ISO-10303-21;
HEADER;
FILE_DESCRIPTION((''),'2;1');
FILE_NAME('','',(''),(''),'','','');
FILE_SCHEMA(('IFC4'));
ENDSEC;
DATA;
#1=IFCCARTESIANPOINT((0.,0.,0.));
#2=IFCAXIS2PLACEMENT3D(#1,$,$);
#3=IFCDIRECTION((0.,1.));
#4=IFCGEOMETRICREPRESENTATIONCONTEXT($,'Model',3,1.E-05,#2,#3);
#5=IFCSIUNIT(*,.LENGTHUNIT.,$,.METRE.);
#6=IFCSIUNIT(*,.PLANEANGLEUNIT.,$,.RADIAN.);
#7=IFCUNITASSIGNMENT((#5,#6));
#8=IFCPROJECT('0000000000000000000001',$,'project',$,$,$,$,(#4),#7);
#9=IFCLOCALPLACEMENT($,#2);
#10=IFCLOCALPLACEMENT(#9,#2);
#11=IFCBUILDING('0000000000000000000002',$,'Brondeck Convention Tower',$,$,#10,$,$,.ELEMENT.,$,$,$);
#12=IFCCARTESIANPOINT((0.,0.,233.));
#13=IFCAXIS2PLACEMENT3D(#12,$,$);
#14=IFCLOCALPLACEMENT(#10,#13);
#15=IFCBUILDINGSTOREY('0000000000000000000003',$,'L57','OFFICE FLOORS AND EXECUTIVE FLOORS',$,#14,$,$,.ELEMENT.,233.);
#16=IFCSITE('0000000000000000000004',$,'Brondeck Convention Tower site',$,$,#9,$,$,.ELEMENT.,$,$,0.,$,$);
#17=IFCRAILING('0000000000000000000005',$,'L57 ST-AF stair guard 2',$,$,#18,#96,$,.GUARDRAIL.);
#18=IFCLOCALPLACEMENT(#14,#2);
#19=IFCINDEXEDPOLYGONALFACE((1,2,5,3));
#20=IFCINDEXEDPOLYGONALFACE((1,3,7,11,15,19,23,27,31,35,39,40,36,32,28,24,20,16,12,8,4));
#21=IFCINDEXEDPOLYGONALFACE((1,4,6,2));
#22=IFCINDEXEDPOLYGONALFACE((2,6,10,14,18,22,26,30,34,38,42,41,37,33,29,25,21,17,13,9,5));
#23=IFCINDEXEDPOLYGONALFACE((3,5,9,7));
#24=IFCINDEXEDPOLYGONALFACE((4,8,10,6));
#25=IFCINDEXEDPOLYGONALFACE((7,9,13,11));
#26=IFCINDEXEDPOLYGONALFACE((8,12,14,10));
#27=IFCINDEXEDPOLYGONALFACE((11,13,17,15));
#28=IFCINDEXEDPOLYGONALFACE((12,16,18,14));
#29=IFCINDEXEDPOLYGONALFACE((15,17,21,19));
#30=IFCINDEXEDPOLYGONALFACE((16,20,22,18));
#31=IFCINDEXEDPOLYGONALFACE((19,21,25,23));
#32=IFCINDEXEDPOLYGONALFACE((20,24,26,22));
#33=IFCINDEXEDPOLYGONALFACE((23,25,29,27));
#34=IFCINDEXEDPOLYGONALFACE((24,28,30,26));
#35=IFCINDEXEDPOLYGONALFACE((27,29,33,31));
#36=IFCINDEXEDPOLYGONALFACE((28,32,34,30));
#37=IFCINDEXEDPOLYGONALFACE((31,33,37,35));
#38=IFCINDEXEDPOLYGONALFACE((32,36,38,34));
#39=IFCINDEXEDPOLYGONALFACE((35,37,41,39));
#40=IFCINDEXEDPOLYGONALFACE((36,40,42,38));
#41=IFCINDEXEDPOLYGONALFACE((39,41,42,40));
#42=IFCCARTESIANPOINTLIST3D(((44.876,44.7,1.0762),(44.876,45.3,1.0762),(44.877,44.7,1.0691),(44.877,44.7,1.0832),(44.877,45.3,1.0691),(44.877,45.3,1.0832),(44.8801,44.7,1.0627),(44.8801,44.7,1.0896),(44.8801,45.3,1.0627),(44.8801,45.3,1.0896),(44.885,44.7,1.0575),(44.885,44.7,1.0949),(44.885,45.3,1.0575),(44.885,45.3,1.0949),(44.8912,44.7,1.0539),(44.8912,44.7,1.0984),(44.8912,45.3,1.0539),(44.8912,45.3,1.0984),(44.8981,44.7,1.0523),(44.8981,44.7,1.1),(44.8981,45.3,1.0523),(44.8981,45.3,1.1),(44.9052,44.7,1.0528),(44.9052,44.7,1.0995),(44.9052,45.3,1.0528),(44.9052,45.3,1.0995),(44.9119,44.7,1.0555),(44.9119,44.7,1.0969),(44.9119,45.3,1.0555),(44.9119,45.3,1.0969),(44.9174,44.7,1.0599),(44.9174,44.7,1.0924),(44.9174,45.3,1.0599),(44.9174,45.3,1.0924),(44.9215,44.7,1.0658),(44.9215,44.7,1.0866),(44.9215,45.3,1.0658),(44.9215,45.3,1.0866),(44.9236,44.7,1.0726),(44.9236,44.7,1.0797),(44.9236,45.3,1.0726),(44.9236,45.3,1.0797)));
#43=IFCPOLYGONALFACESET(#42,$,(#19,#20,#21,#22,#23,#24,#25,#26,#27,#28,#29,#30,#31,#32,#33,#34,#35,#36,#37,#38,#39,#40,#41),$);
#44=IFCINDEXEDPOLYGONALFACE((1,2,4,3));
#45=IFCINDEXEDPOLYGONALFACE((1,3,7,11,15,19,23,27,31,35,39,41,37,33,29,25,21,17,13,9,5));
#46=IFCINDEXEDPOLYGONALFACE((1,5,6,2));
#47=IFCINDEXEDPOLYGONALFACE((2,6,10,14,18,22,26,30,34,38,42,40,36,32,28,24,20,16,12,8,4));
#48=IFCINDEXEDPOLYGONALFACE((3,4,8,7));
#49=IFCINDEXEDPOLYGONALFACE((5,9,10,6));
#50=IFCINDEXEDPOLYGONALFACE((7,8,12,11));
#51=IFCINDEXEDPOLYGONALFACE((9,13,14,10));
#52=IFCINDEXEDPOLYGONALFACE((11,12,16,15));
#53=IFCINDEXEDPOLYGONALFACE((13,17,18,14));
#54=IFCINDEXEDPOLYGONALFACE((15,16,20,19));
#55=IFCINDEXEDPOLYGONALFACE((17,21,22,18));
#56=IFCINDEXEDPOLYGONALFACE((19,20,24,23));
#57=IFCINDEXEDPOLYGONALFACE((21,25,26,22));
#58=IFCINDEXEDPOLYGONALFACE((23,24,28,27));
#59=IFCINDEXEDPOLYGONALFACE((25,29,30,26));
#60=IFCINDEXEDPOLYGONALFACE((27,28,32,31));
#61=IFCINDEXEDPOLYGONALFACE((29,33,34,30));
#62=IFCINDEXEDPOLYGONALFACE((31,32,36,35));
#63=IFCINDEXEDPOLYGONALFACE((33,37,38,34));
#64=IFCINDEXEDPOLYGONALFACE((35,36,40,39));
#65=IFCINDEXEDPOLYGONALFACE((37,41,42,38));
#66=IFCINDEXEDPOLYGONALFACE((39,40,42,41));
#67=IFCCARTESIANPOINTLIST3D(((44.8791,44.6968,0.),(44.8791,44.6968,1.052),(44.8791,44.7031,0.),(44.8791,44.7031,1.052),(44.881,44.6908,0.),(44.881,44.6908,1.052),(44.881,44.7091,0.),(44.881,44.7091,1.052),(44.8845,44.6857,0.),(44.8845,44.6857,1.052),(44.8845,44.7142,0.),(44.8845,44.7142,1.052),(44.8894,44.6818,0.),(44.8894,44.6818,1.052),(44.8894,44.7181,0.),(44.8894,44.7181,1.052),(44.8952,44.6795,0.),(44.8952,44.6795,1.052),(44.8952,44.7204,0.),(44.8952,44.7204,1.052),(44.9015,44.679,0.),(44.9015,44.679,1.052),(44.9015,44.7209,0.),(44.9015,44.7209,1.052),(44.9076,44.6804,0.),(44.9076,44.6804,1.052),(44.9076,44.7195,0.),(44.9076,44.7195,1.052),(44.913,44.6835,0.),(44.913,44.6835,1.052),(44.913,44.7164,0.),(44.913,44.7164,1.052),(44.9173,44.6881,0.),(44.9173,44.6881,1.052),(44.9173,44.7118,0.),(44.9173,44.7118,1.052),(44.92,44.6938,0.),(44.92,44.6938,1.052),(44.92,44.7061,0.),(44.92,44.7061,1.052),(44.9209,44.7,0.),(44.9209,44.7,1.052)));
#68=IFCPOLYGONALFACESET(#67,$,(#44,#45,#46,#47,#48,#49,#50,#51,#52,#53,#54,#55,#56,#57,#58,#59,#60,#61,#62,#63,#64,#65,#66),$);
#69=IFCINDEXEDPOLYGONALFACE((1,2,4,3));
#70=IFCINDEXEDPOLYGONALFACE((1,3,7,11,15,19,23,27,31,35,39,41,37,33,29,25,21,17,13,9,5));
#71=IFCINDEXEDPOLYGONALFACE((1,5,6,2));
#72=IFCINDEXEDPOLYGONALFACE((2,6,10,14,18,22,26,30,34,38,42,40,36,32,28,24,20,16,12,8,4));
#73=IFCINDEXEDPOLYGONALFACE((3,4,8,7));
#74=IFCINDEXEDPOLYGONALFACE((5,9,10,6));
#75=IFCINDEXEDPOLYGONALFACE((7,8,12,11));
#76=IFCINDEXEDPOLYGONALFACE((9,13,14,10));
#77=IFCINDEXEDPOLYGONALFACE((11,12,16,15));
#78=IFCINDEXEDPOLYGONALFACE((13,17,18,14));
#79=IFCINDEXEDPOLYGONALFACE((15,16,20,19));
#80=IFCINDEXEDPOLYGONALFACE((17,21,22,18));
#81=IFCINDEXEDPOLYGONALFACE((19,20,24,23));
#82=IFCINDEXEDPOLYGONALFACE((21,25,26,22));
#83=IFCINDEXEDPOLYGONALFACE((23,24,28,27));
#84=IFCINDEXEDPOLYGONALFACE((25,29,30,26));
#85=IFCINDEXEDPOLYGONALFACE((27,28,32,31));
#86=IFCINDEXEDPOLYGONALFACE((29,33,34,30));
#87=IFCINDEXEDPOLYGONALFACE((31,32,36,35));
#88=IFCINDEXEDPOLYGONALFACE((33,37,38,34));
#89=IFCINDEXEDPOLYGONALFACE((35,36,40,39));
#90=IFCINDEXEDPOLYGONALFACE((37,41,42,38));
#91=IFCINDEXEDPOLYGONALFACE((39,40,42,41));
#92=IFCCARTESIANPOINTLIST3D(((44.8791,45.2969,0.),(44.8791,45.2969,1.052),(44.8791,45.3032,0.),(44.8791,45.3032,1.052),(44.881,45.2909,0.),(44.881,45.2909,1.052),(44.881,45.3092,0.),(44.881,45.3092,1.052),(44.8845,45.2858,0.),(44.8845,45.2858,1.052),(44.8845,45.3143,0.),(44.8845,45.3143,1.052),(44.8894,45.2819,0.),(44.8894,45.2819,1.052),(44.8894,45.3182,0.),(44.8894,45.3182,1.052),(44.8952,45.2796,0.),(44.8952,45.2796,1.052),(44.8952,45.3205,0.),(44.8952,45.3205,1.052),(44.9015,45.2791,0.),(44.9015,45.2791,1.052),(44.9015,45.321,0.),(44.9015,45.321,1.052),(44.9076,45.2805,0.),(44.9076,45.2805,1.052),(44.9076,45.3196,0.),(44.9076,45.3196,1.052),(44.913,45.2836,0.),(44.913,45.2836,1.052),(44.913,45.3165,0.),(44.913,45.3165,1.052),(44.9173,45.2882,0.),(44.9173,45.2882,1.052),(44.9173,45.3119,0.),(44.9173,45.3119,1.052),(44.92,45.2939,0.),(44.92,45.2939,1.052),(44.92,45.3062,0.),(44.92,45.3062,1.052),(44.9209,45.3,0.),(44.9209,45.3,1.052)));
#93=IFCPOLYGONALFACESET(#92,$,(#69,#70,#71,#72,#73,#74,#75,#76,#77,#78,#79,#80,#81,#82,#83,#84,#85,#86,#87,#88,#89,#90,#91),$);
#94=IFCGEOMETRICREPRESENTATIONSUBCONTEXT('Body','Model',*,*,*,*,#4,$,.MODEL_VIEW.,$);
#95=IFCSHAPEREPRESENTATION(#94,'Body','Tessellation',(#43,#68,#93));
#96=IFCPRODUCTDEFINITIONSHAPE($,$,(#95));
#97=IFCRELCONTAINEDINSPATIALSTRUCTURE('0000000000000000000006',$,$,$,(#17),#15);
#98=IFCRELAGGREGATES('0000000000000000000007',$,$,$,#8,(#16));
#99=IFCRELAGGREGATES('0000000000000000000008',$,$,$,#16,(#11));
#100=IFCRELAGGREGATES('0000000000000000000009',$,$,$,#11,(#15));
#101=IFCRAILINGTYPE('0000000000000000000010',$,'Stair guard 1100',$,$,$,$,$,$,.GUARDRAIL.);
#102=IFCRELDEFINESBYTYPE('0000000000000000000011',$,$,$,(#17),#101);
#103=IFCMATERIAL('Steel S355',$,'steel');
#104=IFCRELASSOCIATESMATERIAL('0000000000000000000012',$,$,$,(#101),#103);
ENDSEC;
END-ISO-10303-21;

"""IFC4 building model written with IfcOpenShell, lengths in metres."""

from ifc_helpers import new_model, si_unit, direction, frame, origin, origin_2d, place, context, subcontext, project, spatial, circle, extrude, material, type_object, element, save


model = new_model("IFC4")

# Units and contexts
model_context = context("Model", 3, precision=1e-05, world=origin(), true_north=direction((0.0, 1.0)))
body_context = subcontext(model_context, "Body", "Model", "MODEL_VIEW")
ifc_project = project(units=[si_unit("LENGTHUNIT", "METRE"), si_unit("PLANEANGLEUNIT", "RADIAN")], contexts=[model_context])

# Site, building, storey
site_placement = place(None, origin())
site = spatial("IfcSite", under=ifc_project, at=site_placement, Name="Brondeck Convention Tower site", CompositionType="ELEMENT", RefElevation=0.0)
building_placement = place(site_placement, origin())
building = spatial("IfcBuilding", under=site, at=building_placement, Name="Brondeck Convention Tower", CompositionType="ELEMENT")
storey_placement = place(building_placement, frame((0.0, 0.0, 233.0)))
storey = spatial("IfcBuildingStorey", under=building, at=storey_placement, Name="L57", Description="OFFICE FLOORS AND EXECUTIVE FLOORS", CompositionType="ELEMENT", Elevation=233.0)

# Shared definitions
ifc_material_1 = material(Name="Steel S355", Category="steel")

# Railing
railing_type_1 = type_object("IfcRailingType", Name="Stair guard 1100", PredefinedType="GUARDRAIL", material=ifc_material_1)
railing_1_placement = place(storey_placement, frame((44.8999, 44.7, 0.0)))
element("IfcRailing", 1, at=railing_1_placement, inside=storey, type_object=railing_type_1, Name="L57 ST-AF stair guard 2", PredefinedType="GUARDRAIL", context=body_context, shape_type="SweptSolid", body=[
    extrude(circle(Radius=0.0239, at=origin_2d()), frame((0.0, 0.0, 1.0762), z_axis=(0.0, 1.0, 0.0), x_axis=(-1.0, 0.0, 0.0)), (0.0, 0.0, 1.0), 0.6001),
    extrude(circle(Radius=0.021, at=origin_2d()), origin(), (0.0, 0.0, 1.0), 1.052),
    extrude(circle(Radius=0.021, at=origin_2d()), frame((0.0, 0.6001, 0.0)), (0.0, 0.0, 1.0), 1.052),
])

save(model, "model.ifc")
